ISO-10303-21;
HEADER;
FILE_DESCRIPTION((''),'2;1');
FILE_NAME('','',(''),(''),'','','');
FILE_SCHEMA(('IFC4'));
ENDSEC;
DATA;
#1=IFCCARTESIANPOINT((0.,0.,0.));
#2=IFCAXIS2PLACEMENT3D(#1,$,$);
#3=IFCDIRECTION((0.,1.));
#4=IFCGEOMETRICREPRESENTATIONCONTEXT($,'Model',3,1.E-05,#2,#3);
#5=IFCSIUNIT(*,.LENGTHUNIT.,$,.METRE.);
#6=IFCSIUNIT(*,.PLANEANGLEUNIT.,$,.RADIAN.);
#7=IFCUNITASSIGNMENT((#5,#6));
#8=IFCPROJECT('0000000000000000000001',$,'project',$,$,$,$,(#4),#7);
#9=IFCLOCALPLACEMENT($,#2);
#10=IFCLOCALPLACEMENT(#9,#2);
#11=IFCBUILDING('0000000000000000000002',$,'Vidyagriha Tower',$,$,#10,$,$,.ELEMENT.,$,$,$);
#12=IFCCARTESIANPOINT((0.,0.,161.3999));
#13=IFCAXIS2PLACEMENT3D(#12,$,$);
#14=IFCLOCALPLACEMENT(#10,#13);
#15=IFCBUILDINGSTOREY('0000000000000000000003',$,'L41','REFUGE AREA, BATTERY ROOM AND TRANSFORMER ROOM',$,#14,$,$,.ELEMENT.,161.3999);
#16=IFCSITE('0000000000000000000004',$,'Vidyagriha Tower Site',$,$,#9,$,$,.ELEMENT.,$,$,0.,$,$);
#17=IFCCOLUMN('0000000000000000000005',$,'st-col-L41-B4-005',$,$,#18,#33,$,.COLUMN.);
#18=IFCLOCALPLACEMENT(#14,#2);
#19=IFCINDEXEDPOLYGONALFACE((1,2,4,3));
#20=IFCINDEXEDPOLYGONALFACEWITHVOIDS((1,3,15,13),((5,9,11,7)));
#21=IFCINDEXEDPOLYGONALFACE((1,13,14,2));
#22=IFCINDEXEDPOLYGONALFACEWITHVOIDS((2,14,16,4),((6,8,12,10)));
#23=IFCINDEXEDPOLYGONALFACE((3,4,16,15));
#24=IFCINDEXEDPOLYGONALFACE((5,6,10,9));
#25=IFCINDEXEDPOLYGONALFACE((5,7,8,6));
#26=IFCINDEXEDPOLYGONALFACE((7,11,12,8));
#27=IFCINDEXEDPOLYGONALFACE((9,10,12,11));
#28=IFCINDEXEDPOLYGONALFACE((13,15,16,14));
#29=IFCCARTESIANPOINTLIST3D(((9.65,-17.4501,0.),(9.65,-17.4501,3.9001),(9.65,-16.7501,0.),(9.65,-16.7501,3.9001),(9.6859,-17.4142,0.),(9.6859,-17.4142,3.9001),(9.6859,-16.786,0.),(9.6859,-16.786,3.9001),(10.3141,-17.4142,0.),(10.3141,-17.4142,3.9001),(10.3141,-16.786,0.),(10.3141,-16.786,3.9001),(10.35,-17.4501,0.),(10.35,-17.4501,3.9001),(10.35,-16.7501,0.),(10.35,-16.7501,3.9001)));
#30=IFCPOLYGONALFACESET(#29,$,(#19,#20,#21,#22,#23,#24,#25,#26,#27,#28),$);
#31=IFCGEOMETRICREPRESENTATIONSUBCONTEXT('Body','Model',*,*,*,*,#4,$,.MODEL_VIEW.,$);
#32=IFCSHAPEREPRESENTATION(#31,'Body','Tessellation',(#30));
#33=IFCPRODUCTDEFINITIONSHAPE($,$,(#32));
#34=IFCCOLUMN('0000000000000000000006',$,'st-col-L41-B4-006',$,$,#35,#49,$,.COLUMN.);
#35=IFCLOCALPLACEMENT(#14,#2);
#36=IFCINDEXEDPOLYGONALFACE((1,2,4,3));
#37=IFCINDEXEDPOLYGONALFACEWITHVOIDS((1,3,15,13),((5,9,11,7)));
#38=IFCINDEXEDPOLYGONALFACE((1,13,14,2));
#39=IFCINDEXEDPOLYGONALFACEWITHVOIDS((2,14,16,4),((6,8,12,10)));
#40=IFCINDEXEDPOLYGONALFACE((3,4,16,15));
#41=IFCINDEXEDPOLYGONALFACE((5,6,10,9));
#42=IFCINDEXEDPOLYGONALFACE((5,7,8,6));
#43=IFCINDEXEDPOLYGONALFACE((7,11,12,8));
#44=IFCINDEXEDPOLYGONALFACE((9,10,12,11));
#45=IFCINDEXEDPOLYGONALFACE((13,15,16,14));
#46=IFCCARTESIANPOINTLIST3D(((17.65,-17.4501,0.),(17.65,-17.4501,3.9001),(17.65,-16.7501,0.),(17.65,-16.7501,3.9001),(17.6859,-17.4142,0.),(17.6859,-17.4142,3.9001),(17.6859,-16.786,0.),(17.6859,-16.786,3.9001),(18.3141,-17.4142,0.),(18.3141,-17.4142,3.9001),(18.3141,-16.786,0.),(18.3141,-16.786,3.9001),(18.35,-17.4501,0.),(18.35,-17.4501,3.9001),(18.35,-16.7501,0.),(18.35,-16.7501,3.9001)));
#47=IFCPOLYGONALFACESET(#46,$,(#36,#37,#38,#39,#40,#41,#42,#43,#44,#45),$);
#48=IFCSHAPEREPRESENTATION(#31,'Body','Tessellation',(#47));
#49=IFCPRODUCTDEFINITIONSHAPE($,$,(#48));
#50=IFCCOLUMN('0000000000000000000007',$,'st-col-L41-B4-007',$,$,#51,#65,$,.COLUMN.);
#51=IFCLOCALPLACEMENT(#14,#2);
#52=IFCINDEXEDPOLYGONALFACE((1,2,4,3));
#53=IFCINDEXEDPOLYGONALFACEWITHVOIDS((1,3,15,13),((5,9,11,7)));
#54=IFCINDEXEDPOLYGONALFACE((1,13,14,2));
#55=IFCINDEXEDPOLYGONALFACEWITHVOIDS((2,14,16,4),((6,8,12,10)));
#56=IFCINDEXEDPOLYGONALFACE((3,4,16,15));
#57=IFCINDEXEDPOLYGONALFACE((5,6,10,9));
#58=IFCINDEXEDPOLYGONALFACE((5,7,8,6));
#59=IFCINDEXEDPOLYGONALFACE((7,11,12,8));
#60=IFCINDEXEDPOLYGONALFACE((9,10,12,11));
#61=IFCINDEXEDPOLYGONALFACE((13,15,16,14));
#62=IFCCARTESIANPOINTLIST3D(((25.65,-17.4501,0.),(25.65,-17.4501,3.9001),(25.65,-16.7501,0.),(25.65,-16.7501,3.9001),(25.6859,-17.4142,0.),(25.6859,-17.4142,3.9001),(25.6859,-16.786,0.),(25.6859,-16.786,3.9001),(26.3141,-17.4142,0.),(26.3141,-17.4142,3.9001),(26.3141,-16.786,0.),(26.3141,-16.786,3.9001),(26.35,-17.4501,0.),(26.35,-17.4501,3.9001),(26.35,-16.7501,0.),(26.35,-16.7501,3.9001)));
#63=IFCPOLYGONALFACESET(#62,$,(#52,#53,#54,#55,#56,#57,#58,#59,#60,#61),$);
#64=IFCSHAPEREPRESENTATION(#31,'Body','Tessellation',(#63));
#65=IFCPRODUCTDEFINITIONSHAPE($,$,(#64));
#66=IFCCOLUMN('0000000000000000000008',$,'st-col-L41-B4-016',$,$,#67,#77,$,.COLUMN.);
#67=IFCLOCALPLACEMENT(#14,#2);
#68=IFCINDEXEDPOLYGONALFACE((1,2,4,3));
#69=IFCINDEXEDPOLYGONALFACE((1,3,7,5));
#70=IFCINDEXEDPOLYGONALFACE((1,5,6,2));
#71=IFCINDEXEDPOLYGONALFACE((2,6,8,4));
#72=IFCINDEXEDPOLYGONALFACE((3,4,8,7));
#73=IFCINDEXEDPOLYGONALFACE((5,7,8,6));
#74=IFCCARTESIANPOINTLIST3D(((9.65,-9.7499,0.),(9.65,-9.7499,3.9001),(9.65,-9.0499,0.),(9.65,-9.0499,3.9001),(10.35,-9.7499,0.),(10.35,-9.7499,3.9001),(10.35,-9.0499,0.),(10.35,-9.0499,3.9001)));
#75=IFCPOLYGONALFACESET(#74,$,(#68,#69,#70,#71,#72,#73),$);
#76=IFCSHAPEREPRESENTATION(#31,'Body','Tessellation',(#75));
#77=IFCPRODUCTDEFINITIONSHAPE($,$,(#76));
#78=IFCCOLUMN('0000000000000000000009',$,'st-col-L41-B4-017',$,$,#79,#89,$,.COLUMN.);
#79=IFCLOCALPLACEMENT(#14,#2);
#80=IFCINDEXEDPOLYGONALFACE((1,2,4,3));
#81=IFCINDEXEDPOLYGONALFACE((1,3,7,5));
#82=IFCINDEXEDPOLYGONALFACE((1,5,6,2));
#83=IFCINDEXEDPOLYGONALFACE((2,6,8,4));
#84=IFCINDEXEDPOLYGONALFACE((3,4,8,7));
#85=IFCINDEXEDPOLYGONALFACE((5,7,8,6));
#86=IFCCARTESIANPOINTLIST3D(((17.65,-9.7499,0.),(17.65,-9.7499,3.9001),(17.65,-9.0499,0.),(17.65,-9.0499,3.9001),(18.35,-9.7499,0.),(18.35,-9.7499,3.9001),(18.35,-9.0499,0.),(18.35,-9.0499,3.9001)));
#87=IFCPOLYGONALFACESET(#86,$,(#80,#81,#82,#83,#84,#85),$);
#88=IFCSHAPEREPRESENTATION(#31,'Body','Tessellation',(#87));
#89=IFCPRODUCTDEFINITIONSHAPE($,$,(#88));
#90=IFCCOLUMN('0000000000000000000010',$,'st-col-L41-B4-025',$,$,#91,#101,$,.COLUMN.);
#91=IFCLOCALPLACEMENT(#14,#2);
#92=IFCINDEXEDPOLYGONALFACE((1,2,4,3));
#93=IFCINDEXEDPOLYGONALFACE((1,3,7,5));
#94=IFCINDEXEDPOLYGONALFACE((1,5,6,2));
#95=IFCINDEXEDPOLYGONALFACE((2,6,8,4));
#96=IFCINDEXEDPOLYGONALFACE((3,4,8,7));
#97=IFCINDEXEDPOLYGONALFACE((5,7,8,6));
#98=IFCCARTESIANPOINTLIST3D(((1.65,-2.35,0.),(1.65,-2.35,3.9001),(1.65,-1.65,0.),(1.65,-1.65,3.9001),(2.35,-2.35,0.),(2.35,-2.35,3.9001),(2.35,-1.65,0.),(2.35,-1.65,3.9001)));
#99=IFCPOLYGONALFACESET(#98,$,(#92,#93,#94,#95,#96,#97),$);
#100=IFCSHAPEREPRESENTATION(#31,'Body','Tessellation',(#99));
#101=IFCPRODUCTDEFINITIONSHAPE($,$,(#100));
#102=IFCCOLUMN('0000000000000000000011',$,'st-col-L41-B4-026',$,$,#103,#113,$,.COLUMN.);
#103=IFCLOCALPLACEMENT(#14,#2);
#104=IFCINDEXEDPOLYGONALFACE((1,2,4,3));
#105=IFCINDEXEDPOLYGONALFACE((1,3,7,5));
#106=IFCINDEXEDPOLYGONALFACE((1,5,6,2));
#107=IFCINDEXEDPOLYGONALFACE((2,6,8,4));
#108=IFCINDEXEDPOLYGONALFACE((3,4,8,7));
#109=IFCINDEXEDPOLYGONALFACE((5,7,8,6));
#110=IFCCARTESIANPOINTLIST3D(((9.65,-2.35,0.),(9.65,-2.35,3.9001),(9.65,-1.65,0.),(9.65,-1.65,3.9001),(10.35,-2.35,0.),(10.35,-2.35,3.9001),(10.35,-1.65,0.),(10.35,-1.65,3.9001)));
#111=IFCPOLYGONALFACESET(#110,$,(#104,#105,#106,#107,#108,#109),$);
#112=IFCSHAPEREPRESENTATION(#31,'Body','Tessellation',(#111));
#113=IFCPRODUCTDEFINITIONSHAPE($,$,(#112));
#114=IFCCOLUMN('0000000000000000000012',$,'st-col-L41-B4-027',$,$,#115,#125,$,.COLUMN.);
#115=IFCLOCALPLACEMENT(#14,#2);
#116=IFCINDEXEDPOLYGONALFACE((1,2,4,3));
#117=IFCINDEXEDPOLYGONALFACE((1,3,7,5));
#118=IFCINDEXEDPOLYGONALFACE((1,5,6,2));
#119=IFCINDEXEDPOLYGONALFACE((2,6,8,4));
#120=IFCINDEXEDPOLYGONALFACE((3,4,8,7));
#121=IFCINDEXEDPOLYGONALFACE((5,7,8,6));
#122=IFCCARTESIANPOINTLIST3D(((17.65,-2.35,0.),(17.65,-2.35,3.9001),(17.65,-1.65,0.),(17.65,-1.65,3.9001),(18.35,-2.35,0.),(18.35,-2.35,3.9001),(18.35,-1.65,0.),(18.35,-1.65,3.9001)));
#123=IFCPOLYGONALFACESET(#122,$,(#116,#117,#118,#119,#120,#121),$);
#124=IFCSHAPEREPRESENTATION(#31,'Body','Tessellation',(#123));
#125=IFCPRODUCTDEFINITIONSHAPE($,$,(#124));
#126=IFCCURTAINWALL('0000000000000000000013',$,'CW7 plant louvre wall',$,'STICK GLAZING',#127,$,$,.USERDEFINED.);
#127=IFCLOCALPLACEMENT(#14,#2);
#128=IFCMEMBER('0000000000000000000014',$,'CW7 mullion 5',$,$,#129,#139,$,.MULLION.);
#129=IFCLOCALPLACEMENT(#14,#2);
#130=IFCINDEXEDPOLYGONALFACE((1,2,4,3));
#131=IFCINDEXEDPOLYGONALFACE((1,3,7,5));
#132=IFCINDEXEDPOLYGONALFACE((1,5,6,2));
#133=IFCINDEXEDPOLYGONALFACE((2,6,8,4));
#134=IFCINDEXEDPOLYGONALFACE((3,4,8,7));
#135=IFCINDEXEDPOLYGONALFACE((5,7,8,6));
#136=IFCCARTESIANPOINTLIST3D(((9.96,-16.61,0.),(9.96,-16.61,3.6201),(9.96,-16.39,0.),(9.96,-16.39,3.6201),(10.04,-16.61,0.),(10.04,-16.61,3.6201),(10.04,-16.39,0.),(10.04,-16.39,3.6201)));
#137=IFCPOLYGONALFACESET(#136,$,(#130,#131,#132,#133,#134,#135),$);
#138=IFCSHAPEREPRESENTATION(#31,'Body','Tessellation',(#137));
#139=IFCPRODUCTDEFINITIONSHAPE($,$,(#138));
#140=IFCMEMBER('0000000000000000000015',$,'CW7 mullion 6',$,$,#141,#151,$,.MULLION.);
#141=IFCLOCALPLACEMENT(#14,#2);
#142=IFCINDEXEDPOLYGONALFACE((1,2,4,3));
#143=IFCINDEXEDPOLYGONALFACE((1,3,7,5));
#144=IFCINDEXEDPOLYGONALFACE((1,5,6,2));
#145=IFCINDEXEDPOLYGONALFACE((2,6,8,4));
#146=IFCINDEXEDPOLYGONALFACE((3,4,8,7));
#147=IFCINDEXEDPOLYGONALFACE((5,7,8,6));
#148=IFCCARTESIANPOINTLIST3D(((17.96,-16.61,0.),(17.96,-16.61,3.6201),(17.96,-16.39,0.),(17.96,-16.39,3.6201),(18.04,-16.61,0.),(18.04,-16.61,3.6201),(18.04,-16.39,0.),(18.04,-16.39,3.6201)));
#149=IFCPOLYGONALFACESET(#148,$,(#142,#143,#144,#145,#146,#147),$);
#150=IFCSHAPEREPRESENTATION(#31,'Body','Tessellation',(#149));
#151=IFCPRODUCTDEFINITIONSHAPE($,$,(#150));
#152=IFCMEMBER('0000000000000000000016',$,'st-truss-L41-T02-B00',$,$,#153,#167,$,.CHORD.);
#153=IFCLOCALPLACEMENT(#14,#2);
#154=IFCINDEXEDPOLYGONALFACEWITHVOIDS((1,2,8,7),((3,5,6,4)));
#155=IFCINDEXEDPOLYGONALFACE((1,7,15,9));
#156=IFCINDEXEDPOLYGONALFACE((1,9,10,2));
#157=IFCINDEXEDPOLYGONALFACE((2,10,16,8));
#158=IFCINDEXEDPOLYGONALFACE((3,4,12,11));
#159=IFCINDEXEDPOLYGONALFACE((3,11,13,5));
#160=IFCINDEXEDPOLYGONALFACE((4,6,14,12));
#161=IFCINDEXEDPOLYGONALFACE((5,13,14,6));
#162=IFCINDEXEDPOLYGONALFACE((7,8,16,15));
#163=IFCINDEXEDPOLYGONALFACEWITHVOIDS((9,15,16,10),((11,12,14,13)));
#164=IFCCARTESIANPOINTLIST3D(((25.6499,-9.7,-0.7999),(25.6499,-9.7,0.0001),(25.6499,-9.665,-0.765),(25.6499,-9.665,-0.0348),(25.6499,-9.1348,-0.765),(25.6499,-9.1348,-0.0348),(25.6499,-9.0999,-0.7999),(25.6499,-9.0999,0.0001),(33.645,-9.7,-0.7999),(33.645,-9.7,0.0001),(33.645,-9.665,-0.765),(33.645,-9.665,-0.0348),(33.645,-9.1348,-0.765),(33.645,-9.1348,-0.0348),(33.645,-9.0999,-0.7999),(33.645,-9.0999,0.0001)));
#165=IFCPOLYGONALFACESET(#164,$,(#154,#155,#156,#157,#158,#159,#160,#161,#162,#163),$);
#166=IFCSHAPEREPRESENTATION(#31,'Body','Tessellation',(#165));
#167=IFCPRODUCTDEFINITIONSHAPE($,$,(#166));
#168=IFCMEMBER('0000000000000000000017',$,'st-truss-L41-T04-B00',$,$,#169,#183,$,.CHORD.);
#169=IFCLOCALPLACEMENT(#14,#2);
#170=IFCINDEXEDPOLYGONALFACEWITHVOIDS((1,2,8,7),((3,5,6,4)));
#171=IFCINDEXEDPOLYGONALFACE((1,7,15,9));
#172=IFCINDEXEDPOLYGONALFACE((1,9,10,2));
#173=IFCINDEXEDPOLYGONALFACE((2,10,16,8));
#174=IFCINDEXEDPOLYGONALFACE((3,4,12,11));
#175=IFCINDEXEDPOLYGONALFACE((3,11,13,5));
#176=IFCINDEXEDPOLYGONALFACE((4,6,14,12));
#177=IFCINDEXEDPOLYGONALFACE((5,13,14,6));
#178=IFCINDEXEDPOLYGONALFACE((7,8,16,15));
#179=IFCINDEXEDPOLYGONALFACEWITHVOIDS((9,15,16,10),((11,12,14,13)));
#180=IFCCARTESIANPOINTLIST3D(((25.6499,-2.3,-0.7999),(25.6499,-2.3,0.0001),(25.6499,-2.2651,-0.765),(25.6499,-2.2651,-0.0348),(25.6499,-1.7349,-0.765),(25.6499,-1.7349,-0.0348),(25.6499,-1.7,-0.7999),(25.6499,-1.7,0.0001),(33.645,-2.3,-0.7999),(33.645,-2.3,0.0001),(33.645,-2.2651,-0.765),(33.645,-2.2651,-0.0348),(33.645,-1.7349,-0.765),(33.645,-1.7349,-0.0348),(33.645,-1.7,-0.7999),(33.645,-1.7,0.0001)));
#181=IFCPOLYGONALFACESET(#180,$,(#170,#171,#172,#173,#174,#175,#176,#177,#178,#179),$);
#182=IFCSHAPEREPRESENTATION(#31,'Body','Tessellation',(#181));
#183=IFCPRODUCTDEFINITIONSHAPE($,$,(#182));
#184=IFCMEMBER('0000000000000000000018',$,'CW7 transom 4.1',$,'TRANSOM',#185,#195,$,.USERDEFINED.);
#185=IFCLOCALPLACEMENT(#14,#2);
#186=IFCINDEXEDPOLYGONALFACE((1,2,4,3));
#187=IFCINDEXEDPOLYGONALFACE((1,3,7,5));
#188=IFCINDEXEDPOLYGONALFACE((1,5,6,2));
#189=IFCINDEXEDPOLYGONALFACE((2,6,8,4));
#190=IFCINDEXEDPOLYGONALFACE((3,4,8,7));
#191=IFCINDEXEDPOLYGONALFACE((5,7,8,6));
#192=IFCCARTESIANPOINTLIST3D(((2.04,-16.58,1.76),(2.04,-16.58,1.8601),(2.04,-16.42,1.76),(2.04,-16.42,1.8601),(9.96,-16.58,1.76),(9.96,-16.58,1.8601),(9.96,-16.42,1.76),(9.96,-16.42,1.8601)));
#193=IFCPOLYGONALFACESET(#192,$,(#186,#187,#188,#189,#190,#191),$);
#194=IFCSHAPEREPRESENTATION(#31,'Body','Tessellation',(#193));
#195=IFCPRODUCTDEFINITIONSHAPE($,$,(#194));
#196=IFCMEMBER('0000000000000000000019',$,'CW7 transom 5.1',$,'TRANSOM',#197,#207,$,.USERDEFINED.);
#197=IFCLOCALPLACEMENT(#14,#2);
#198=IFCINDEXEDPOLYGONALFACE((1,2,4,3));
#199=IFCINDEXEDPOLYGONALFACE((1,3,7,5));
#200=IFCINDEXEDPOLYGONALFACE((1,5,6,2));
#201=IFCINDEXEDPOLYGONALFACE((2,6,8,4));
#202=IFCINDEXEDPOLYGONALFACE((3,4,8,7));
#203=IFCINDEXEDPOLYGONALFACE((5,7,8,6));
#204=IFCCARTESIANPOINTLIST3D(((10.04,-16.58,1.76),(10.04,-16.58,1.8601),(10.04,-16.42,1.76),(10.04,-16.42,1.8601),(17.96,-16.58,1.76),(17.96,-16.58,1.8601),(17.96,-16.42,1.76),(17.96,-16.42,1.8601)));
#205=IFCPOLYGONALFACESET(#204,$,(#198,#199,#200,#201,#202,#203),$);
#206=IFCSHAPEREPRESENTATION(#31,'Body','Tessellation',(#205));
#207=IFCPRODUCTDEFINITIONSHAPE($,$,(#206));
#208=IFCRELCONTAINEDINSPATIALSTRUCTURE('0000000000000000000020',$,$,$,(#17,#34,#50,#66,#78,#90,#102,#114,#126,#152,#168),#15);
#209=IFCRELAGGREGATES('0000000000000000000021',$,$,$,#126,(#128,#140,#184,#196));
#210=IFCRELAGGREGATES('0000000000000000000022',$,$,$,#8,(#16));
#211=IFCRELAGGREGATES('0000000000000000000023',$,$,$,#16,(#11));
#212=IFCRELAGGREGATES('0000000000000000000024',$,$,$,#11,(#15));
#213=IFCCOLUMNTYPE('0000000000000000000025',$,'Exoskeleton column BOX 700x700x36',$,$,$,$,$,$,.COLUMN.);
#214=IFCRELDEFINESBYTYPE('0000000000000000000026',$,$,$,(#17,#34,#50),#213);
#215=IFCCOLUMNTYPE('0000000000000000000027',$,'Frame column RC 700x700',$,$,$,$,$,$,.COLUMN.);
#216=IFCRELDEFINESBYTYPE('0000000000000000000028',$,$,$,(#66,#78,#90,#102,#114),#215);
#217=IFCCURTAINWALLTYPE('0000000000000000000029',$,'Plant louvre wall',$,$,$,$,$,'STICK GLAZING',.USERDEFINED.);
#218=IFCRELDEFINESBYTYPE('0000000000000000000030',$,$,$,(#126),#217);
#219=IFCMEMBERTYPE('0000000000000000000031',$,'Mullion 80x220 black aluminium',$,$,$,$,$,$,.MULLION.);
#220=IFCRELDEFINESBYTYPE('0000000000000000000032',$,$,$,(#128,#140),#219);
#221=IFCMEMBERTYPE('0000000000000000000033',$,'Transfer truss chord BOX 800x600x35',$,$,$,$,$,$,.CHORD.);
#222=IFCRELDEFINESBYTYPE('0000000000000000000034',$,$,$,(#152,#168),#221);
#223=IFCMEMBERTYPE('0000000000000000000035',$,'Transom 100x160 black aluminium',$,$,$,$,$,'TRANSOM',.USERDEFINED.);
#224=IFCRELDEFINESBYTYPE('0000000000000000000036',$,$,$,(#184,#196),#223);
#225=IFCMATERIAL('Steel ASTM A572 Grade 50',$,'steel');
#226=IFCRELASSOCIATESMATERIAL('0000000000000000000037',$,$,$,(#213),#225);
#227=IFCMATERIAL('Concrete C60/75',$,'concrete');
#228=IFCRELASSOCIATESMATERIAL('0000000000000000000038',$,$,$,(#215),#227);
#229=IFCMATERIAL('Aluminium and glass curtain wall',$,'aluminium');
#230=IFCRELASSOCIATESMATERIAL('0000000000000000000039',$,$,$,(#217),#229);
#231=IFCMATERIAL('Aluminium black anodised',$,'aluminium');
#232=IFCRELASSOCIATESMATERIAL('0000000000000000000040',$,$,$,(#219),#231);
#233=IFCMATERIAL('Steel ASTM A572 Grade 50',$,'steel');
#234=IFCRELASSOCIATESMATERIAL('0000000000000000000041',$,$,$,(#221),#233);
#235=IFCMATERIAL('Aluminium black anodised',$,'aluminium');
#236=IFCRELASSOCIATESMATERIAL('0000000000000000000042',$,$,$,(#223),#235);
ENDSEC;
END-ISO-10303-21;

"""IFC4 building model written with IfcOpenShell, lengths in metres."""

from ifc_helpers import new_model, si_unit, direction, frame, origin, origin_2d, place, context, subcontext, project, spatial, rectangle, hollow_rectangle, extrude, material, material_profile, profile_set, type_object, element, aggregate, save


model = new_model("IFC4")

# Units and contexts
model_context = context("Model", 3, precision=1e-05, world=origin(), true_north=direction((0.0, 1.0)))
body_context = subcontext(model_context, "Body", "Model", "MODEL_VIEW")
ifc_project = project(units=[si_unit("LENGTHUNIT", "METRE"), si_unit("PLANEANGLEUNIT", "RADIAN")], contexts=[model_context])

# Site, building, storey
site_placement = place(None, origin())
site = spatial("IfcSite", under=ifc_project, at=site_placement, Name="Vidyagriha Tower Site", CompositionType="ELEMENT", RefElevation=0.0)
building_placement = place(site_placement, origin())
building = spatial("IfcBuilding", under=site, at=building_placement, Name="Vidyagriha Tower", CompositionType="ELEMENT")
storey_placement = place(building_placement, frame((0.0, 0.0, 161.3999)))
storey = spatial("IfcBuildingStorey", under=building, at=storey_placement, Name="L41", Description="REFUGE AREA, BATTERY ROOM AND TRANSFORMER ROOM", CompositionType="ELEMENT", Elevation=161.3999)

# Columns
ifc_material_1 = material(Name="Steel ASTM A572 Grade 50", Category="steel")
ifc_material_profile_1 = material_profile(ifc_material_1, hollow_rectangle(XDim=0.7, YDim=0.7, WallThickness=0.0359, at=origin_2d()), Name="BOX 700x700x36")
ifc_profile_set_1 = profile_set([ifc_material_profile_1], Name="Steel ASTM A572 Grade 50")
column_type_1 = type_object("IfcColumnType", Name="Exoskeleton column BOX 700x700x36", PredefinedType="COLUMN", material=ifc_profile_set_1)
for number, where, name in (
    (1, (10.0, -17.1001, 0.0), "st-col-L41-B4-005"),
    (2, (18.0, -17.1001, 0.0), "st-col-L41-B4-006"),
    (3, (26.0, -17.1001, 0.0), "st-col-L41-B4-007"),
):
    element("IfcColumn", number, at=place(storey_placement, frame(where)), inside=storey, type_object=column_type_1, Name=name, PredefinedType="COLUMN", context=body_context, shape_type="SweptSolid", body=[
        extrude(hollow_rectangle(XDim=0.7, YDim=0.7, WallThickness=0.0359, at=origin_2d()), origin(), (0.0, 0.0, 1.0), 3.9001),
    ])
ifc_material_2 = material(Name="Concrete C60/75", Category="concrete")
ifc_material_profile_2 = material_profile(ifc_material_2, rectangle(XDim=0.7, YDim=0.7, at=origin_2d()), Name="RC 700x700")
ifc_profile_set_2 = profile_set([ifc_material_profile_2], Name="Concrete C60/75")
column_type_2 = type_object("IfcColumnType", Name="Frame column RC 700x700", PredefinedType="COLUMN", material=ifc_profile_set_2)
for number, where, name in (
    (4, (10.0, -9.3999, 0.0), "st-col-L41-B4-016"),
    (5, (18.0, -9.3999, 0.0), "st-col-L41-B4-017"),
    (6, (2.0, -2.0, 0.0), "st-col-L41-B4-025"),
    (7, (10.0, -2.0, 0.0), "st-col-L41-B4-026"),
    (8, (18.0, -2.0, 0.0), "st-col-L41-B4-027"),
):
    element("IfcColumn", number, at=place(storey_placement, frame(where)), inside=storey, type_object=column_type_2, Name=name, PredefinedType="COLUMN", context=body_context, shape_type="SweptSolid", body=[
        extrude(rectangle(XDim=0.7, YDim=0.7, at=origin_2d()), origin(), (0.0, 0.0, 1.0), 3.9001),
    ])

# Curtain wall, members
ifc_material_3 = material(Name="Aluminium and glass curtain wall", Category="aluminium")
curtain_wall_type = type_object("IfcCurtainWallType", Name="Plant louvre wall", ElementType="STICK GLAZING", PredefinedType="USERDEFINED", material=ifc_material_3)
curtain_wall_placement = place(storey_placement, origin())
curtain_wall = element("IfcCurtainWall", 9, at=curtain_wall_placement, inside=storey, type_object=curtain_wall_type, Name="CW7 plant louvre wall", ObjectType="STICK GLAZING", PredefinedType="USERDEFINED")
ifc_material_4 = material(Name="Aluminium black anodised", Category="aluminium")
ifc_material_profile_3 = material_profile(ifc_material_4, rectangle(XDim=0.22, YDim=0.0801, at=origin_2d()), Name="Mullion 80x220 black aluminium")
ifc_profile_set_3 = profile_set([ifc_material_profile_3], Name="Aluminium black anodised")
member_type_1 = type_object("IfcMemberType", Name="Mullion 80x220 black aluminium", PredefinedType="MULLION", material=ifc_profile_set_3)
member_1_placement = place(storey_placement, frame((10.0, -16.5, 0.0), z_axis=(0.0, 0.0, 1.0), x_axis=(0.0, 1.0, 0.0)))
member_1 = element("IfcMember", 10, at=member_1_placement, type_object=member_type_1, Name="CW7 mullion 5", PredefinedType="MULLION", context=body_context, shape_type="SweptSolid", body=[
    extrude(rectangle(XDim=0.22, YDim=0.0801, at=origin_2d()), origin(), (0.0, 0.0, 1.0), 3.6201),
])
member_2_placement = place(storey_placement, frame((18.0, -16.5, 0.0), z_axis=(0.0, 0.0, 1.0), x_axis=(0.0, 1.0, 0.0)))
member_2 = element("IfcMember", 11, at=member_2_placement, type_object=member_type_1, Name="CW7 mullion 6", PredefinedType="MULLION", context=body_context, shape_type="SweptSolid", body=[
    extrude(rectangle(XDim=0.22, YDim=0.0801, at=origin_2d()), origin(), (0.0, 0.0, 1.0), 3.6201),
])

# Members
ifc_material_5 = material(Name="Steel ASTM A572 Grade 50", Category="steel")
ifc_material_profile_4 = material_profile(ifc_material_5, hollow_rectangle(XDim=0.6001, YDim=0.8, WallThickness=0.0349, at=origin_2d()), Name="BOX 800x600x35")
ifc_profile_set_4 = profile_set([ifc_material_profile_4], Name="Steel ASTM A572 Grade 50")
member_type_2 = type_object("IfcMemberType", Name="Transfer truss chord BOX 800x600x35", PredefinedType="CHORD", material=ifc_profile_set_4)
for number, where, z_axis, x_axis, name in (
    (12, (25.6499, -9.3999, -0.3999), (1.0, 0.0, 0.0), (0.0, 1.0, 0.0), "st-truss-L41-T02-B00"),
    (13, (25.6499, -2.0, -0.3999), (1.0, 0.0, 0.0), (0.0, 1.0, 0.0), "st-truss-L41-T04-B00"),
):
    element("IfcMember", number, at=place(storey_placement, frame(where, z_axis=z_axis, x_axis=x_axis)), inside=storey, type_object=member_type_2, Name=name, PredefinedType="CHORD", context=body_context, shape_type="SweptSolid", body=[
        extrude(hollow_rectangle(XDim=0.6001, YDim=0.8, WallThickness=0.0349, at=origin_2d()), origin(), (0.0, 0.0, 1.0), 7.9951),
    ])

# Members
ifc_material_6 = material(Name="Aluminium black anodised", Category="aluminium")
ifc_material_profile_5 = material_profile(ifc_material_6, rectangle(XDim=0.1599, YDim=0.1001, at=origin_2d()), Name="Transom 100x160 black aluminium")
ifc_profile_set_5 = profile_set([ifc_material_profile_5], Name="Aluminium black anodised")
member_type_3 = type_object("IfcMemberType", Name="Transom 100x160 black aluminium", ElementType="TRANSOM", PredefinedType="USERDEFINED", material=ifc_profile_set_5)
member_3_placement = place(storey_placement, frame((2.04, -16.5, 1.8101), z_axis=(1.0, 0.0, 0.0), x_axis=(0.0, 1.0, 0.0)))
member_3 = element("IfcMember", 14, at=member_3_placement, type_object=member_type_3, Name="CW7 transom 4.1", ObjectType="TRANSOM", PredefinedType="USERDEFINED", context=body_context, shape_type="SweptSolid", body=[
    extrude(rectangle(XDim=0.1599, YDim=0.1001, at=origin_2d()), origin(), (0.0, 0.0, 1.0), 7.9199),
])
member_4_placement = place(storey_placement, frame((10.04, -16.5, 1.8101), z_axis=(1.0, 0.0, 0.0), x_axis=(0.0, 1.0, 0.0)))
member_4 = element("IfcMember", 15, at=member_4_placement, type_object=member_type_3, Name="CW7 transom 5.1", ObjectType="TRANSOM", PredefinedType="USERDEFINED", context=body_context, shape_type="SweptSolid", body=[
    extrude(rectangle(XDim=0.1599, YDim=0.1001, at=origin_2d()), origin(), (0.0, 0.0, 1.0), 7.9199),
])

aggregate(curtain_wall, [member_1, member_2, member_3, member_4])

save(model, "model.ifc")
